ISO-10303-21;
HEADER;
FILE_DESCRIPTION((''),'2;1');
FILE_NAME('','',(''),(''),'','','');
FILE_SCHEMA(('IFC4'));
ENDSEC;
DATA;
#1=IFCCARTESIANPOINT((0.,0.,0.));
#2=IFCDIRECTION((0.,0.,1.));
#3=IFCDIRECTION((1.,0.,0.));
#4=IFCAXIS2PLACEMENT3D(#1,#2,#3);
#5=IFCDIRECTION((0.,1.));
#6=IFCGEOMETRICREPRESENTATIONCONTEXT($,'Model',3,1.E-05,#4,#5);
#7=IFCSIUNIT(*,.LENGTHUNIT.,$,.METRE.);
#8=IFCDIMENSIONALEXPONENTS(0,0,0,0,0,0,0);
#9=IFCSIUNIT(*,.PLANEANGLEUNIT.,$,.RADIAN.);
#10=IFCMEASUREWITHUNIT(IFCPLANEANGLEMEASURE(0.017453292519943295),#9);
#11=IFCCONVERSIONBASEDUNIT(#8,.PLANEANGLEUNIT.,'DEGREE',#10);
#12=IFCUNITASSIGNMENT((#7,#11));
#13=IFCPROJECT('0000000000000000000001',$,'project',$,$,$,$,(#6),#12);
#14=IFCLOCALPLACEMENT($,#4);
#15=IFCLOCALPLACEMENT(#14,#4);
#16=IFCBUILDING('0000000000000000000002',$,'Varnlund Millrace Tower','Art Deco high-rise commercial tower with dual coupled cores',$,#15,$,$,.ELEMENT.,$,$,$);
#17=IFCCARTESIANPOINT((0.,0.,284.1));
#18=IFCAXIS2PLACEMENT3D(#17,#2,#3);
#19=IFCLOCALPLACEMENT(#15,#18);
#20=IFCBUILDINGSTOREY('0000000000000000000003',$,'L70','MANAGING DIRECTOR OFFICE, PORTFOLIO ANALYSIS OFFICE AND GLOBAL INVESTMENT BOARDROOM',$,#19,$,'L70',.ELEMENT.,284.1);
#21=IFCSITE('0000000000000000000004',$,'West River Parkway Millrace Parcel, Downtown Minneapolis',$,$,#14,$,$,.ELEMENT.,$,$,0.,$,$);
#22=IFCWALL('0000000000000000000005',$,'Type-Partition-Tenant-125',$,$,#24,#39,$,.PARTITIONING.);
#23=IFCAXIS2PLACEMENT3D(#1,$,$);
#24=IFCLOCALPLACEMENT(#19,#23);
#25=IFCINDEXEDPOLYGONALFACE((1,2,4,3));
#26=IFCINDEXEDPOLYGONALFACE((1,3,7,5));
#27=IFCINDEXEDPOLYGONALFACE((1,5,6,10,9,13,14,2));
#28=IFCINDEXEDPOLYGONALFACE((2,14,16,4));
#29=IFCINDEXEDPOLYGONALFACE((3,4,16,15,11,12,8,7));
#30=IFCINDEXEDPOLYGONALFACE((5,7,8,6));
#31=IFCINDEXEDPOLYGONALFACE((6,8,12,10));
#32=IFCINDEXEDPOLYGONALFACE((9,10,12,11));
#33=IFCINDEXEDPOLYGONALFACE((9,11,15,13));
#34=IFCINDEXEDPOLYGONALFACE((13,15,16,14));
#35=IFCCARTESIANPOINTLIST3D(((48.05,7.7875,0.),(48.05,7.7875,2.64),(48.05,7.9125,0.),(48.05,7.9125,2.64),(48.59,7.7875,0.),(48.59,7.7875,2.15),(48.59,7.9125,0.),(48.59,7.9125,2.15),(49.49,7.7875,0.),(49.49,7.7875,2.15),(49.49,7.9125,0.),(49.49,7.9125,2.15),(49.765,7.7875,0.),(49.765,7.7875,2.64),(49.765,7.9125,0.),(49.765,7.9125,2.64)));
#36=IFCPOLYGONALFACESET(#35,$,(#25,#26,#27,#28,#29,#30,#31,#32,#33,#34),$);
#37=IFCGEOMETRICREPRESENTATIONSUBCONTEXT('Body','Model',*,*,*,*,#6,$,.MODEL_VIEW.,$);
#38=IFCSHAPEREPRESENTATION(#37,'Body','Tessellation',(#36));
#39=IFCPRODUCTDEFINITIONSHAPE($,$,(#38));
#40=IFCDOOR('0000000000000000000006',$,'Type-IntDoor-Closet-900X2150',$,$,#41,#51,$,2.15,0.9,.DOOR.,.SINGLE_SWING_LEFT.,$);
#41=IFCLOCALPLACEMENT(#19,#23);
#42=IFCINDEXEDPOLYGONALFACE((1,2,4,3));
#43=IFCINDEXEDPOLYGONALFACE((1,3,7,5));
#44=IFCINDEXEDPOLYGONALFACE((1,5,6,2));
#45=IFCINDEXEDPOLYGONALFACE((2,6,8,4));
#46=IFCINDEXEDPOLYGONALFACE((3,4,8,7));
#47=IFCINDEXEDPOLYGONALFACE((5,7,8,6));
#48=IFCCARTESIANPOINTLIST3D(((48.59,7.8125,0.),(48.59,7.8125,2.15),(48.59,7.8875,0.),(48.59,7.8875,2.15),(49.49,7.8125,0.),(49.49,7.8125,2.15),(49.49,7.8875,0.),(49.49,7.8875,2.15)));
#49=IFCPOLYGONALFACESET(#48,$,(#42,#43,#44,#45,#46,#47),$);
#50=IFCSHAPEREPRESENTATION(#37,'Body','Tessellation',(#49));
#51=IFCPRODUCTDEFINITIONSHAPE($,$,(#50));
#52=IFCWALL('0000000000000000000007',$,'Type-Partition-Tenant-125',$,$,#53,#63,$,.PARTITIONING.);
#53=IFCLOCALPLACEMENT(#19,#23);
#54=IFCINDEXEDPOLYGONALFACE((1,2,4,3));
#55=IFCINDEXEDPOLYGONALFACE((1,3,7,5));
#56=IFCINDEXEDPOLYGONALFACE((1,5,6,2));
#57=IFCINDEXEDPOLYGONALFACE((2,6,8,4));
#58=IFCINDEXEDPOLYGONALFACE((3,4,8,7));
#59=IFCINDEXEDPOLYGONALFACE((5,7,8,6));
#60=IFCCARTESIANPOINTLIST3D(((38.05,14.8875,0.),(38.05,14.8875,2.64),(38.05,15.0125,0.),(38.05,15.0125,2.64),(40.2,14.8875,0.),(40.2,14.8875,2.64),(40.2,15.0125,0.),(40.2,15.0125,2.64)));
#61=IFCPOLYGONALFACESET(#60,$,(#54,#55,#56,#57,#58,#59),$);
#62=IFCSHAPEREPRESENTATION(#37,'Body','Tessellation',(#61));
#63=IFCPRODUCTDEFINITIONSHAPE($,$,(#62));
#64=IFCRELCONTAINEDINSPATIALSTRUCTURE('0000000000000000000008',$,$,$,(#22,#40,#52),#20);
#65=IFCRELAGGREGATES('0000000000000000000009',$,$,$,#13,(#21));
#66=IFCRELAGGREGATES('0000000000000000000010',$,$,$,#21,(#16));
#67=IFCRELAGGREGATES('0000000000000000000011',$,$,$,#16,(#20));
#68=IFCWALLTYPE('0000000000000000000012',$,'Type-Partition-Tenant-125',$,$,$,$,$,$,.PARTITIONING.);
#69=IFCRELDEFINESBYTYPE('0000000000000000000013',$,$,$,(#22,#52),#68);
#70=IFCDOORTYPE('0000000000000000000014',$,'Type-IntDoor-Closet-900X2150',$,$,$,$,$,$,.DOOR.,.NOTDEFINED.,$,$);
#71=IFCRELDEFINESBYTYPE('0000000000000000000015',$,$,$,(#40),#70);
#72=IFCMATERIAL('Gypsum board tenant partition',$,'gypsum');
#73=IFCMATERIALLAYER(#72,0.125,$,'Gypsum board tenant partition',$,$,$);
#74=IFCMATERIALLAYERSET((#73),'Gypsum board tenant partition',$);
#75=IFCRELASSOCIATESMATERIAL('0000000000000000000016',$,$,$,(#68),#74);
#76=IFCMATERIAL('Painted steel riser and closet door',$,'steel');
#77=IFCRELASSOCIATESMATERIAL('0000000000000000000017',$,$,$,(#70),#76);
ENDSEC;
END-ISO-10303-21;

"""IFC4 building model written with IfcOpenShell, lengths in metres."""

from ifc_helpers import new_model, entity, si_unit, converted_unit, direction, frame, origin_with_axes, origin_2d_with_axis, place, context, subcontext, project, spatial, polyline, rectangle, outline, extrude, material, layer, layer_set, type_object, element, fill, save


model = new_model("IFC4")

# Units and contexts
model_context = context("Model", 3, precision=1e-05, world=origin_with_axes(), true_north=direction((0.0, 1.0)))
body_context = subcontext(model_context, "Body", "Model", "MODEL_VIEW")
ifc_project = project(units=[si_unit("LENGTHUNIT", "METRE"), converted_unit("PLANEANGLEUNIT", "DEGREE", entity("IfcPlaneAngleMeasure", 0.017453292519943295), si_unit("PLANEANGLEUNIT", "RADIAN"), dimensions=[0, 0, 0, 0, 0, 0, 0])], contexts=[model_context])

# Site, building, storey
site_placement = place(None, origin_with_axes())
site = spatial("IfcSite", under=ifc_project, at=site_placement, Name="West River Parkway Millrace Parcel, Downtown Minneapolis", CompositionType="ELEMENT", RefElevation=0.0)
building_placement = place(site_placement, origin_with_axes())
building = spatial("IfcBuilding", under=site, at=building_placement, Name="Varnlund Millrace Tower", Description="Art Deco high-rise commercial tower with dual coupled cores", CompositionType="ELEMENT")
storey_placement = place(building_placement, frame((0.0, 0.0, 284.1), z_axis=(0.0, 0.0, 1.0), x_axis=(1.0, 0.0, 0.0)))
storey = spatial("IfcBuildingStorey", under=building, at=storey_placement, Name="L70", Description="MANAGING DIRECTOR OFFICE, PORTFOLIO ANALYSIS OFFICE AND GLOBAL INVESTMENT BOARDROOM", LongName="L70", CompositionType="ELEMENT", Elevation=284.1)

# Wall, opening, door
ifc_material_1 = material(Name="Gypsum board tenant partition", Category="gypsum")
ifc_layer_1 = layer(ifc_material_1, 0.125, Name="Gypsum board tenant partition")
ifc_layer_set_1 = layer_set([ifc_layer_1], Name="Gypsum board tenant partition")
wall_type_1 = type_object("IfcWallType", Name="Type-Partition-Tenant-125", PredefinedType="PARTITIONING", material=ifc_layer_set_1)
wall_1_placement = place(storey_placement, frame((49.765, 7.85, 0.0), z_axis=(0.0, 0.0, 1.0), x_axis=(-1.0, 0.0, 0.0)))
wall_1 = element("IfcWall", 1, at=wall_1_placement, inside=storey, type_object=wall_type_1, Name="Type-Partition-Tenant-125", PredefinedType="PARTITIONING", context=body_context, shape_type="SweptSolid", body=[
    extrude(outline(polyline([(0.0, -0.0625), (1.715, -0.0625), (1.715, 0.0625), (0.0, 0.0625), (0.0, -0.0625)])), origin_with_axes(), (0.0, 0.0, 1.0), 2.64),
])
opening_1_placement = place(wall_1_placement, frame((0.725, 0.0, 0.0), z_axis=(0.0, 0.0, 1.0), x_axis=(1.0, 0.0, 0.0)))
opening_1 = element("IfcOpeningElement", 2, at=opening_1_placement, cuts=wall_1, PredefinedType="OPENING", context=body_context, shape_type="SweptSolid", body=[
    extrude(rectangle(XDim=0.9, YDim=0.145, at=origin_2d_with_axis()), origin_with_axes(), (0.0, 0.0, 1.0), 2.15),
])
ifc_material_2 = material(Name="Painted steel riser and closet door", Category="steel")
door_type = type_object("IfcDoorType", Name="Type-IntDoor-Closet-900X2150", OperationType="NOTDEFINED", PredefinedType="DOOR", material=ifc_material_2)
door_placement = place(wall_1_placement, frame((0.725, 0.0, 0.0), z_axis=(0.0, 0.0, 1.0), x_axis=(1.0, 0.0, 0.0)))
door = element("IfcDoor", 3, at=door_placement, inside=storey, type_object=door_type, Name="Type-IntDoor-Closet-900X2150", OperationType="SINGLE_SWING_LEFT", OverallHeight=2.15, OverallWidth=0.9, PredefinedType="DOOR", context=body_context, shape_type="SweptSolid", body=[
    extrude(rectangle(XDim=0.9, YDim=0.075, at=origin_2d_with_axis()), origin_with_axes(), (0.0, 0.0, 1.0), 2.15),
])
fill(opening_1, door)

# Wall
wall_2_placement = place(storey_placement, frame((38.05, 14.95, 0.0), z_axis=(0.0, 0.0, 1.0), x_axis=(1.0, 0.0, 0.0)))
element("IfcWall", 4, at=wall_2_placement, inside=storey, type_object=wall_type_1, Name="Type-Partition-Tenant-125", PredefinedType="PARTITIONING", context=body_context, shape_type="SweptSolid", body=[
    extrude(outline(polyline([(0.0, -0.0625), (2.15, -0.0625), (2.15, 0.0625), (0.0, 0.0625), (0.0, -0.0625)])), origin_with_axes(), (0.0, 0.0, 1.0), 2.64),
])

save(model, "model.ifc")
